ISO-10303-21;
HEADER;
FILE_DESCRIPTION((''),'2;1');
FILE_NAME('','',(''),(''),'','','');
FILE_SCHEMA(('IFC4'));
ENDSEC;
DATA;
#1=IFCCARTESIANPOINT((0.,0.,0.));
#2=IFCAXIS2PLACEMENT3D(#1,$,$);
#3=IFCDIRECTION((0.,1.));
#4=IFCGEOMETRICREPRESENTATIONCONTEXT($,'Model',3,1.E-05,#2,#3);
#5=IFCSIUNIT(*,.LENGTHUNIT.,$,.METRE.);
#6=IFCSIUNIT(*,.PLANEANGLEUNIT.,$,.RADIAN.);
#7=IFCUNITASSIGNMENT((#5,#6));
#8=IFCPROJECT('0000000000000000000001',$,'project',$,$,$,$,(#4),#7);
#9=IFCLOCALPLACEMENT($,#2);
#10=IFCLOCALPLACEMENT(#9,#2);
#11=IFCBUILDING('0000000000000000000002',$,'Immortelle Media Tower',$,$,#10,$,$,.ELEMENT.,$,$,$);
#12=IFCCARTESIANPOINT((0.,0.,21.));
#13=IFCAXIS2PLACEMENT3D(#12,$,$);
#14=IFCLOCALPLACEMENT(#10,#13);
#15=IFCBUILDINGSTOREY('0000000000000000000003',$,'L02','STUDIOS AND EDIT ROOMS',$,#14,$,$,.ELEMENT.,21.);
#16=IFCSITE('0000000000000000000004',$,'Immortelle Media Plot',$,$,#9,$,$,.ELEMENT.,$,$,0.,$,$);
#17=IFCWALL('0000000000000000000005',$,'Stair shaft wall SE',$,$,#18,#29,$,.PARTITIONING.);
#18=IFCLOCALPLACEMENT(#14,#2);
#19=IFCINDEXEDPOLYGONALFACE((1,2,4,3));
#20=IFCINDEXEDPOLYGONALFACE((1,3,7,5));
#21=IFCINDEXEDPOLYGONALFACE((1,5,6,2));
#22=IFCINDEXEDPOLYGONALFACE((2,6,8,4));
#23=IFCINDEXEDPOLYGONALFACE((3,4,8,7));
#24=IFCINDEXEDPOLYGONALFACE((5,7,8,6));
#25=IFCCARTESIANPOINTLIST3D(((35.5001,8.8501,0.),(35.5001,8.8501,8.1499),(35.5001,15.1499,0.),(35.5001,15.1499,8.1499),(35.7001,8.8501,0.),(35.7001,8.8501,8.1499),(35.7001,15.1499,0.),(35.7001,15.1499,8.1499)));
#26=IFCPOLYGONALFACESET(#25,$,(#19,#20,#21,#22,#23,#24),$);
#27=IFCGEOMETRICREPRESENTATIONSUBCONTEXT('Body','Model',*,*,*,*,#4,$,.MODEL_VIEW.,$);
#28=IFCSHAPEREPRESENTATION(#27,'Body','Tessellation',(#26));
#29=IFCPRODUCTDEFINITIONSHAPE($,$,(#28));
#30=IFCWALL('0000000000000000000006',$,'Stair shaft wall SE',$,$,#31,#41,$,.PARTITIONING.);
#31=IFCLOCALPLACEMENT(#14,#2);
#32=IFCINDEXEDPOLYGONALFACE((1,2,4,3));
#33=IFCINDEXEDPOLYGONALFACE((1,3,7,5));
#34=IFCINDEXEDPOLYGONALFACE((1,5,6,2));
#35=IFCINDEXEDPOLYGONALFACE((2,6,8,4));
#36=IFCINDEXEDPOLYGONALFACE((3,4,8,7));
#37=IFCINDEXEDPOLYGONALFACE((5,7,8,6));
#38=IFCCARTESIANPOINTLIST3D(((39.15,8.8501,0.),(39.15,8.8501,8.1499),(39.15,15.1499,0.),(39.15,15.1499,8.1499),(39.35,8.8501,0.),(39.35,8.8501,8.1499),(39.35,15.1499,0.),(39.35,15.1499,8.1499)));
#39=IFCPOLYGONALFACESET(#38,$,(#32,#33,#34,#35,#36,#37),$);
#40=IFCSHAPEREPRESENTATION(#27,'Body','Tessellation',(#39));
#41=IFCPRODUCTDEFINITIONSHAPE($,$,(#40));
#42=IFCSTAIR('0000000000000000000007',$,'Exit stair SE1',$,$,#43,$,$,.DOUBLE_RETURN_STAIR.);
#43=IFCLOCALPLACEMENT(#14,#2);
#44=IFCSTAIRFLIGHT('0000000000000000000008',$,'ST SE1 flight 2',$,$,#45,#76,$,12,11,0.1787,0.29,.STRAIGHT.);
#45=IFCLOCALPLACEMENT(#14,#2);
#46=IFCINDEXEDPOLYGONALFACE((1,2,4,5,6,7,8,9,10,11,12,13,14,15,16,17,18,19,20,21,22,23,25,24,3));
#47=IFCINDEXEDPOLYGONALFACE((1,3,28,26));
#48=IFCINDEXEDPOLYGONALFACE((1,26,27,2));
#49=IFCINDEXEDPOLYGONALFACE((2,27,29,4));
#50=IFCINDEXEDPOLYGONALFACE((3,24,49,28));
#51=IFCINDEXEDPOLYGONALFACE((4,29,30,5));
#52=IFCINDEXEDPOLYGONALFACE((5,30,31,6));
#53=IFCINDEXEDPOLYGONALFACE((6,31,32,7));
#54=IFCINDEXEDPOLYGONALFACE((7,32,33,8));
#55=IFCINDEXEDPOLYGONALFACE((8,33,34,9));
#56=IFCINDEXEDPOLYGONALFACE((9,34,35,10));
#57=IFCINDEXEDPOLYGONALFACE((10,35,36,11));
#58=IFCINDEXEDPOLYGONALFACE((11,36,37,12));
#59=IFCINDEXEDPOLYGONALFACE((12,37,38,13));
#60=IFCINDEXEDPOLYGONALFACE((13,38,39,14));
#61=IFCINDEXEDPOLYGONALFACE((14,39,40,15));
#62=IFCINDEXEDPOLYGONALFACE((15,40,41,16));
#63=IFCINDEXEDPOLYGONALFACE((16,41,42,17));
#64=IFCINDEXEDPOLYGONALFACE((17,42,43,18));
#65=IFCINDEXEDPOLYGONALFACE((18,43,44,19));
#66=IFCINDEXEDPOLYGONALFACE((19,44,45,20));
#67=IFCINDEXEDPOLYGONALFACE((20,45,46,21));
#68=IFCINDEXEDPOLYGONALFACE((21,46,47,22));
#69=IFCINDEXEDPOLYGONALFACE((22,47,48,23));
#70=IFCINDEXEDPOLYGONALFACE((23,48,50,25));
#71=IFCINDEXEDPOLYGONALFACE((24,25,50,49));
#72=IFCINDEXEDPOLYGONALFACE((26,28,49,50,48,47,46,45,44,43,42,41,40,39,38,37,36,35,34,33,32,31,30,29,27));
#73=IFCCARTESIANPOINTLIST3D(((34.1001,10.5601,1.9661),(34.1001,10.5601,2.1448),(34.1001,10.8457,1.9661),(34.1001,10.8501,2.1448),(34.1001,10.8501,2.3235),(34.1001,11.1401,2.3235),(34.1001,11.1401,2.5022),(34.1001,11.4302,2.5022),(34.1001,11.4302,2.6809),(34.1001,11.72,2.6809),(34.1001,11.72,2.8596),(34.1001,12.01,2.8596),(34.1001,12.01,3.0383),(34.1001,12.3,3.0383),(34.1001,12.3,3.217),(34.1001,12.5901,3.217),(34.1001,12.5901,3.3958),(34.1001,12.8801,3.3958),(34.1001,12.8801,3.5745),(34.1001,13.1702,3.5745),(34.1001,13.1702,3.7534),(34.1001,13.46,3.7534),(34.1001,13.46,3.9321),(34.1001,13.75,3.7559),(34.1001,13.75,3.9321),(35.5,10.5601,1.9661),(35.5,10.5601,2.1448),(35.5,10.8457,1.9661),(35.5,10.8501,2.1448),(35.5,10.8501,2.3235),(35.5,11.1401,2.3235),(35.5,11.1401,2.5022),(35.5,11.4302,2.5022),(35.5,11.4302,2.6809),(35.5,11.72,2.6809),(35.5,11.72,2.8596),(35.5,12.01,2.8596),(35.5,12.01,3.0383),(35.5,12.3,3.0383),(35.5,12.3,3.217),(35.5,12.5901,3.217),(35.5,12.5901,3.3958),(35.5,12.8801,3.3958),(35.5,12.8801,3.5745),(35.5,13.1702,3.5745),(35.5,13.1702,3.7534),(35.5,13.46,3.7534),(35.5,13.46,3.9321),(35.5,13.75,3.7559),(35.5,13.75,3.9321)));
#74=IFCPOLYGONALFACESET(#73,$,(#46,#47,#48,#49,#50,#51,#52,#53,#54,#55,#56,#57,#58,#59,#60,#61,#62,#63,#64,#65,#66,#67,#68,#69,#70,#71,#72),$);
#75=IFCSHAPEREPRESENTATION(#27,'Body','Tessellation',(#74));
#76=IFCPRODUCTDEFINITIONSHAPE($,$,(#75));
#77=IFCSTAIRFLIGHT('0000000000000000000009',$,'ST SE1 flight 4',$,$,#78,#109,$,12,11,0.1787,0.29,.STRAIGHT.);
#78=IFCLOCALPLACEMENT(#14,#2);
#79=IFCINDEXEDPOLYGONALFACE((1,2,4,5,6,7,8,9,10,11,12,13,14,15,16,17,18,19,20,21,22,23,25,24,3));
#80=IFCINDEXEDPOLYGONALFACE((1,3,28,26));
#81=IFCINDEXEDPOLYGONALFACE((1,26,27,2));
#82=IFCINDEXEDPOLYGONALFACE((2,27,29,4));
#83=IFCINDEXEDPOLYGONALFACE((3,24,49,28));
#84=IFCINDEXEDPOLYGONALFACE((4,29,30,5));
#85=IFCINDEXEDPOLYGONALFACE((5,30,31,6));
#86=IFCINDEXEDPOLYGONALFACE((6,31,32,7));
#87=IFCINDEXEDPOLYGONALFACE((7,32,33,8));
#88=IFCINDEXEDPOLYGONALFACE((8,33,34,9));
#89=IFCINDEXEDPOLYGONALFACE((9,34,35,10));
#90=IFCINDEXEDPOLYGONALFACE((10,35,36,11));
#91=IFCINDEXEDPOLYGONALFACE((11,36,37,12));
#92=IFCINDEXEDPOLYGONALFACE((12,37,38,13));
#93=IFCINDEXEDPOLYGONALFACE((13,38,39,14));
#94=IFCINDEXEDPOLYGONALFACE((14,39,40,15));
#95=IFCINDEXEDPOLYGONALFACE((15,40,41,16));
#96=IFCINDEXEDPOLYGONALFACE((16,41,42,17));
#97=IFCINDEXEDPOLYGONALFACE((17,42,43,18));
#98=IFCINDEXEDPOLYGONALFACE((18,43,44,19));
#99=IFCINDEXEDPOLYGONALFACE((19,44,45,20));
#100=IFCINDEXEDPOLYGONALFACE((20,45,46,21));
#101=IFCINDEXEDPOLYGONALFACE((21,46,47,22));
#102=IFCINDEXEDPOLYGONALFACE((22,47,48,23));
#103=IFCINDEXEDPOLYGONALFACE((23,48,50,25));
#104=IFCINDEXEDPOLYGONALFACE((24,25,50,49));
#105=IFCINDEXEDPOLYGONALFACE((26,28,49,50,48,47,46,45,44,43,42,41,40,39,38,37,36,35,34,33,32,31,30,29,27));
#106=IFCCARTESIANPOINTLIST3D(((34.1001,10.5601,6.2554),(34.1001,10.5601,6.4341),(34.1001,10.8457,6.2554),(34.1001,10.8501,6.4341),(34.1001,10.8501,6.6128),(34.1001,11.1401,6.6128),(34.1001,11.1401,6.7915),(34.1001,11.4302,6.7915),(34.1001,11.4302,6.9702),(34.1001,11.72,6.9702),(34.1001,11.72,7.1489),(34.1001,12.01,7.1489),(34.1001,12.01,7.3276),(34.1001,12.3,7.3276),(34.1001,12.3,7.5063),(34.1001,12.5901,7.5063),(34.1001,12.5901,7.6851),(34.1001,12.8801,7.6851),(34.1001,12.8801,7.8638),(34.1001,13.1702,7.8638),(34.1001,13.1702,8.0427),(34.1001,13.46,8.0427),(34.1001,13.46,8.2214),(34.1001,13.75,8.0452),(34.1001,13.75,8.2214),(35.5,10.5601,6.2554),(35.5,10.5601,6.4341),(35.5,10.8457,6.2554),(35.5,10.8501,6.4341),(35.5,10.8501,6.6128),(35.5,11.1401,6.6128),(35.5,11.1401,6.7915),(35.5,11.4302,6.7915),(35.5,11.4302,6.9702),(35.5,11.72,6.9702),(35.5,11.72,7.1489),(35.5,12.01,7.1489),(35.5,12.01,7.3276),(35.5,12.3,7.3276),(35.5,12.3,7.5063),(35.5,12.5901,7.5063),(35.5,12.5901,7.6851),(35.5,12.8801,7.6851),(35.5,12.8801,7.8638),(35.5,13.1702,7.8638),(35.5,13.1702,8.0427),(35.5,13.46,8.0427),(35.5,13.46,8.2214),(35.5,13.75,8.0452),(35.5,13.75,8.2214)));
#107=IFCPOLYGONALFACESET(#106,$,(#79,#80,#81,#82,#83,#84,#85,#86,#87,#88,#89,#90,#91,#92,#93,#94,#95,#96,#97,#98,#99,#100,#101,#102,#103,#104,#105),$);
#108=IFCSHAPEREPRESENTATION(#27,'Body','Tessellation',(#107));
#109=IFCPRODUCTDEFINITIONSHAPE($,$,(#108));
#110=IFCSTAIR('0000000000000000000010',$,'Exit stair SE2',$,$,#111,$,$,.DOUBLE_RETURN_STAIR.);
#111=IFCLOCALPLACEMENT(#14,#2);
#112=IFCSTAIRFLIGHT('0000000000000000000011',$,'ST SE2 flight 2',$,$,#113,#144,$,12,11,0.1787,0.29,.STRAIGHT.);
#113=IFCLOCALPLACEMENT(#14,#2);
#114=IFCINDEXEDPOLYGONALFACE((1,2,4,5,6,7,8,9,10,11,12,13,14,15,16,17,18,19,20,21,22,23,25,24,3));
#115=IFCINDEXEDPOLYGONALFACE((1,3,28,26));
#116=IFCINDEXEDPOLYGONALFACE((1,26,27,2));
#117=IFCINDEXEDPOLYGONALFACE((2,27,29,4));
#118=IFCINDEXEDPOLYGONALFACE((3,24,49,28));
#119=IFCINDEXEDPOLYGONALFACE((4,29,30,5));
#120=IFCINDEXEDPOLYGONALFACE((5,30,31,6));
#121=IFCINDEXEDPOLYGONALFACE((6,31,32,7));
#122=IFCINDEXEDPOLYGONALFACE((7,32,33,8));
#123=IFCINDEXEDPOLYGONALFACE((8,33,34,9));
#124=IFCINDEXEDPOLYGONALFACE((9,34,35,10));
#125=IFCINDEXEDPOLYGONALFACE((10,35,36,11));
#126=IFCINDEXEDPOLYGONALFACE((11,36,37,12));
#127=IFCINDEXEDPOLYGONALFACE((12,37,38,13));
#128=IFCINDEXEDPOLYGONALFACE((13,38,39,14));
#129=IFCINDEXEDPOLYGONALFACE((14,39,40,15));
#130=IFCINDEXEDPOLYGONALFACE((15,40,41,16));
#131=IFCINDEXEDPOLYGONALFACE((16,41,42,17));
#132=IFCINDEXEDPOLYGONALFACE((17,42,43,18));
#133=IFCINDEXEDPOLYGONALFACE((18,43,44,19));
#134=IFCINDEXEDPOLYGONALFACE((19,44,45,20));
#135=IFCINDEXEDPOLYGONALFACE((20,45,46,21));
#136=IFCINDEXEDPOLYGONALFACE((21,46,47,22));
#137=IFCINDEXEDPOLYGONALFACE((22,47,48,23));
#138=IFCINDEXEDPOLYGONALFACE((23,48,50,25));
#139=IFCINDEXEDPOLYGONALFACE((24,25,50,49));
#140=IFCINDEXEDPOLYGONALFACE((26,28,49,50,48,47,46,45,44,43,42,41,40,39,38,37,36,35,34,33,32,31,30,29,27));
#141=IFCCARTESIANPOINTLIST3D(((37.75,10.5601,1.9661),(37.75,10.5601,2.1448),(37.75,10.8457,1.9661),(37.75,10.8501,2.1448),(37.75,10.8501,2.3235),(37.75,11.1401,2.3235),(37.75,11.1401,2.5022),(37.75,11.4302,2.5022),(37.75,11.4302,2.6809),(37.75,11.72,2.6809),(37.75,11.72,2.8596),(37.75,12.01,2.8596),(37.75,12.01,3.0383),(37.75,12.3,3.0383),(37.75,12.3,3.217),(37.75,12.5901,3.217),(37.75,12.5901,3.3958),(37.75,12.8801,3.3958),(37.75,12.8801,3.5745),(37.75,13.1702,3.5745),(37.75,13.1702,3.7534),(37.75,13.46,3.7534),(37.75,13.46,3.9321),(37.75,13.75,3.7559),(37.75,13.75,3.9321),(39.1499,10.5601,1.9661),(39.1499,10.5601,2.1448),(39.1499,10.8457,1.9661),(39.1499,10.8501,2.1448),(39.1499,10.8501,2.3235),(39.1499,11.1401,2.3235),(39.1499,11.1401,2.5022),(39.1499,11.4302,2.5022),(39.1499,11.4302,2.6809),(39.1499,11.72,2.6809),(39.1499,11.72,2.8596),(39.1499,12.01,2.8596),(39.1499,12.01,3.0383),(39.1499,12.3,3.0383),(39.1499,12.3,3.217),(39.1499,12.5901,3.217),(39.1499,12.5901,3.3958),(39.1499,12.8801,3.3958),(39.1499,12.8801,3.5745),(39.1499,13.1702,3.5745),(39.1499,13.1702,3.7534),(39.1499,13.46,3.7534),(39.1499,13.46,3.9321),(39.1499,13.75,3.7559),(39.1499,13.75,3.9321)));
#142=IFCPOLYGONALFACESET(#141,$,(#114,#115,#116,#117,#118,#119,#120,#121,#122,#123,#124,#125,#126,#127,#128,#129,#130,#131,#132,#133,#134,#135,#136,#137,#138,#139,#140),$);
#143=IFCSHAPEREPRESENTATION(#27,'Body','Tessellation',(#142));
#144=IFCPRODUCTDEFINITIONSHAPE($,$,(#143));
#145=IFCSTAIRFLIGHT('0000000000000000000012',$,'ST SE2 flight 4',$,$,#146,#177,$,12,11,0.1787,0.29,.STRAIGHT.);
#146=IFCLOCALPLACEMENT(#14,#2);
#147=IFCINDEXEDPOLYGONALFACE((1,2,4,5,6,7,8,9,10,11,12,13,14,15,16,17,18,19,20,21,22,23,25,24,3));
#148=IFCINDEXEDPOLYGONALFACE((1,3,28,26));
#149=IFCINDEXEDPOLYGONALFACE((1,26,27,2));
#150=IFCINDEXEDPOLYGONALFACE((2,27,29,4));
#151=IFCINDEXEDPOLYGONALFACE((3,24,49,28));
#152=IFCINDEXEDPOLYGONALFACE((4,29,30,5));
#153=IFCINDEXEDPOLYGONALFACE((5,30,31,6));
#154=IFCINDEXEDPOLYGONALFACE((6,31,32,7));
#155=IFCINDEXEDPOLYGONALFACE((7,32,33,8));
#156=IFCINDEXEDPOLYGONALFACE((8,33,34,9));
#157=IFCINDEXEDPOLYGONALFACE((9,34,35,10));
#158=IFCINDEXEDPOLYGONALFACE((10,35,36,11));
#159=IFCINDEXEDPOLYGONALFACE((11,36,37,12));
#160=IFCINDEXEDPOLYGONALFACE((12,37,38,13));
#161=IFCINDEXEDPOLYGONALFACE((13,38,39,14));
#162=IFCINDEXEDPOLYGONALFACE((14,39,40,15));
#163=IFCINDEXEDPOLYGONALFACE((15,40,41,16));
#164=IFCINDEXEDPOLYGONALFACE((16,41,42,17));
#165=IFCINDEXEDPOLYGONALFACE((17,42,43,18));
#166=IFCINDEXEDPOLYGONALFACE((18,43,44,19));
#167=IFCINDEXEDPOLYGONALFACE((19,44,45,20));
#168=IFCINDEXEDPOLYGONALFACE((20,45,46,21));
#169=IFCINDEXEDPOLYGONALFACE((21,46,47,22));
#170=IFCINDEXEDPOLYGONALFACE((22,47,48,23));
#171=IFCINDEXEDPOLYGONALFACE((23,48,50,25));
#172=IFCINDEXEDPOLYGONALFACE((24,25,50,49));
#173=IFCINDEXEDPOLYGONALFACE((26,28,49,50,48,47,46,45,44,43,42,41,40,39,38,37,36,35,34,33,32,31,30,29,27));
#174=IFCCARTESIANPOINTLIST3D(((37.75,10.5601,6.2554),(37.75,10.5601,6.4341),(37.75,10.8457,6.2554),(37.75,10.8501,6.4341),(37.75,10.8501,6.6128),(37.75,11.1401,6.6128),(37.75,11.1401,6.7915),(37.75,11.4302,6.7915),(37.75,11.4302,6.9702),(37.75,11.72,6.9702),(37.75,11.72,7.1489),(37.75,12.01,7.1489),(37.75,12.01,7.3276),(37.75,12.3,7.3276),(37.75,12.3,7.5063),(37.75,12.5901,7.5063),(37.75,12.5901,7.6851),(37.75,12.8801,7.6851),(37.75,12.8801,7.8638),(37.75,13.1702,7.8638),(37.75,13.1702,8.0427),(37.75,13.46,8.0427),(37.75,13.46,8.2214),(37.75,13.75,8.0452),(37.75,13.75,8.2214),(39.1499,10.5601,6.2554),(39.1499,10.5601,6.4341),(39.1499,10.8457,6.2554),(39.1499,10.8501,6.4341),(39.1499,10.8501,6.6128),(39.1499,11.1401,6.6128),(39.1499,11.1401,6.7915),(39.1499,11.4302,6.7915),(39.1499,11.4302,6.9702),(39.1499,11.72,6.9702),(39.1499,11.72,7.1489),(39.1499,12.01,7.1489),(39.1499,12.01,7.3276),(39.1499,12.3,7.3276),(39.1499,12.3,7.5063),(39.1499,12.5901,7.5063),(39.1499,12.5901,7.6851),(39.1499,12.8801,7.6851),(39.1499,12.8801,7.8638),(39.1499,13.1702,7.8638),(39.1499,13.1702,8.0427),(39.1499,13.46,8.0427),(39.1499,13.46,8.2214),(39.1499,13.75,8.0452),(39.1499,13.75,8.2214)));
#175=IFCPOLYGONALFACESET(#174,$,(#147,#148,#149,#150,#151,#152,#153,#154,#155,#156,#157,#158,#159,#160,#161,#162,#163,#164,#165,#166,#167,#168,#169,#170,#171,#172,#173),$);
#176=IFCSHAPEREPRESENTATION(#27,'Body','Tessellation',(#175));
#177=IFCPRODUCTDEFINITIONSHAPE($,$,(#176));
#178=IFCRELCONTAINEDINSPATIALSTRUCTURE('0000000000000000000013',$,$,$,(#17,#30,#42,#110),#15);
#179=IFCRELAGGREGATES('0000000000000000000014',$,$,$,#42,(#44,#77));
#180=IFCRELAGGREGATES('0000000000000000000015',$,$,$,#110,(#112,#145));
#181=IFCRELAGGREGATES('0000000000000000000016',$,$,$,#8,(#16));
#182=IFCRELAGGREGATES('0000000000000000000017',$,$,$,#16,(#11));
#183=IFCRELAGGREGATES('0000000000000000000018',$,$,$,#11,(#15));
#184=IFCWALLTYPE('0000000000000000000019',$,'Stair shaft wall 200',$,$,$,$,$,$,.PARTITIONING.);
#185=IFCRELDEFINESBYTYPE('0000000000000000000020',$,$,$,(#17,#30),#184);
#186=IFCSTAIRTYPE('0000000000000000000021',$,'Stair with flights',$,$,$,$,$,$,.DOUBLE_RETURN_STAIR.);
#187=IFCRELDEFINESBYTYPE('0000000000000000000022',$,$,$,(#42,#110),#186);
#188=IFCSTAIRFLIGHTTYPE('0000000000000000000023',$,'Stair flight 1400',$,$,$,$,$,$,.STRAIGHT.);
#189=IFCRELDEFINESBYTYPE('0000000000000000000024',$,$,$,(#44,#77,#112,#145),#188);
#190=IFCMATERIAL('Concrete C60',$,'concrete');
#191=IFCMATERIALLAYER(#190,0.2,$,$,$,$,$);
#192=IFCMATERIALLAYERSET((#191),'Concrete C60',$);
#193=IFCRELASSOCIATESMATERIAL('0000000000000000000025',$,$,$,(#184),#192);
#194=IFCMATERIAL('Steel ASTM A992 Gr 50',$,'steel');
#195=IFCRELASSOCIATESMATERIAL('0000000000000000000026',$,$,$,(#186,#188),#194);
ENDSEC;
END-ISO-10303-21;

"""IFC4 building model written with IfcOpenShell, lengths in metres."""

from ifc_helpers import new_model, si_unit, direction, frame, frame_2d, origin, place, context, subcontext, project, spatial, polyline, rectangle, outline, extrude, material, layer, layer_set, type_object, element, aggregate, save


model = new_model("IFC4")

# Units and contexts
model_context = context("Model", 3, precision=1e-05, world=origin(), true_north=direction((0.0, 1.0)))
body_context = subcontext(model_context, "Body", "Model", "MODEL_VIEW")
ifc_project = project(units=[si_unit("LENGTHUNIT", "METRE"), si_unit("PLANEANGLEUNIT", "RADIAN")], contexts=[model_context])

# Site, building, storey
site_placement = place(None, origin())
site = spatial("IfcSite", under=ifc_project, at=site_placement, Name="Immortelle Media Plot", CompositionType="ELEMENT", RefElevation=0.0)
building_placement = place(site_placement, origin())
building = spatial("IfcBuilding", under=site, at=building_placement, Name="Immortelle Media Tower", CompositionType="ELEMENT")
storey_placement = place(building_placement, frame((0.0, 0.0, 21.0)))
storey = spatial("IfcBuildingStorey", under=building, at=storey_placement, Name="L02", Description="STUDIOS AND EDIT ROOMS", CompositionType="ELEMENT", Elevation=21.0)

# Shared definitions
ifc_material_1 = material(Name="Steel ASTM A992 Gr 50", Category="steel")

# Walls
ifc_material_2 = material(Name="Concrete C60", Category="concrete")
ifc_layer_1 = layer(ifc_material_2, 0.2)
ifc_layer_set_1 = layer_set([ifc_layer_1], Name="Concrete C60")
wall_type_1 = type_object("IfcWallType", Name="Stair shaft wall 200", PredefinedType="PARTITIONING", material=ifc_layer_set_1)
for number, where, z_axis, x_axis, name in (
    (1, (35.6001, 8.8501, 0.0), (0.0, 0.0, 1.0), (0.0, 1.0, 0.0), "Stair shaft wall SE"),
    (2, (39.25, 8.8501, 0.0), (0.0, 0.0, 1.0), (0.0, 1.0, 0.0), "Stair shaft wall SE"),
):
    element("IfcWall", number, at=place(storey_placement, frame(where, z_axis=z_axis, x_axis=x_axis)), inside=storey, type_object=wall_type_1, Name=name, PredefinedType="PARTITIONING", context=body_context, shape_type="SweptSolid", body=[
        extrude(rectangle(XDim=6.2998, YDim=0.2, at=frame_2d((3.1499, 0.0))), origin(), (0.0, 0.0, 1.0), 8.1499),
    ])

# Stairs, stair flights
stair_type = type_object("IfcStairType", Name="Stair with flights", PredefinedType="DOUBLE_RETURN_STAIR", material=ifc_material_1)
stair_1_placement = place(storey_placement, origin())
stair_1 = element("IfcStair", 3, at=stair_1_placement, inside=storey, type_object=stair_type, Name="Exit stair SE1", PredefinedType="DOUBLE_RETURN_STAIR")
stair_flight_type = type_object("IfcStairFlightType", Name="Stair flight 1400", PredefinedType="STRAIGHT", material=ifc_material_1)
stair_flight_1_placement = place(storey_placement, frame((34.8, 10.5601, 1.9661), z_axis=(0.0, 0.0, 1.0), x_axis=(0.0, 1.0, 0.0)))
stair_flight_1 = element("IfcStairFlight", 4, at=stair_flight_1_placement, type_object=stair_flight_type, Name="ST SE1 flight 2", NumberOfRisers=12, NumberOfTreads=11, PredefinedType="STRAIGHT", RiserHeight=0.1787, TreadLength=0.29, context=body_context, shape_type="SweptSolid", body=[
    extrude(outline(polyline([(0.0, 0.0), (0.0, 0.1787), (0.29, 0.1787), (0.29, 0.3574), (0.5801, 0.3574), (0.5801, 0.5361), (0.8701, 0.5361), (0.8701, 0.7148), (1.1599, 0.7148), (1.1599, 0.8936), (1.45, 0.8936), (1.45, 1.0723), (1.74, 1.0723), (1.74, 1.251), (2.03, 1.251), (2.03, 1.4297), (2.3201, 1.4297), (2.3201, 1.6084), (2.6101, 1.6084), (2.6101, 1.7874), (2.8999, 1.7874), (2.8999, 1.9661), (3.1899, 1.9661), (3.1899, 2.1448), (3.1899, 1.7898), (0.2856, 0.0), (0.0, 0.0)])), frame((0.0, 0.7, 0.0), z_axis=(0.0, -1.0, 0.0), x_axis=(1.0, 0.0, 0.0)), (0.0, 0.0, 1.0), 1.3999),
])
stair_flight_2_placement = place(storey_placement, frame((34.8, 10.5601, 6.2554), z_axis=(0.0, 0.0, 1.0), x_axis=(0.0, 1.0, 0.0)))
stair_flight_2 = element("IfcStairFlight", 5, at=stair_flight_2_placement, type_object=stair_flight_type, Name="ST SE1 flight 4", NumberOfRisers=12, NumberOfTreads=11, PredefinedType="STRAIGHT", RiserHeight=0.1787, TreadLength=0.29, context=body_context, shape_type="SweptSolid", body=[
    extrude(outline(polyline([(0.0, 0.0), (0.0, 0.1787), (0.29, 0.1787), (0.29, 0.3574), (0.5801, 0.3574), (0.5801, 0.5361), (0.8701, 0.5361), (0.8701, 0.7148), (1.1599, 0.7148), (1.1599, 0.8936), (1.45, 0.8936), (1.45, 1.0723), (1.74, 1.0723), (1.74, 1.251), (2.03, 1.251), (2.03, 1.4297), (2.3201, 1.4297), (2.3201, 1.6084), (2.6101, 1.6084), (2.6101, 1.7874), (2.8999, 1.7874), (2.8999, 1.9661), (3.1899, 1.9661), (3.1899, 2.1448), (3.1899, 1.7898), (0.2856, 0.0), (0.0, 0.0)])), frame((0.0, 0.7, 0.0), z_axis=(0.0, -1.0, 0.0), x_axis=(1.0, 0.0, 0.0)), (0.0, 0.0, 1.0), 1.3999),
])
aggregate(stair_1, [stair_flight_1, stair_flight_2])
stair_2_placement = place(storey_placement, origin())
stair_2 = element("IfcStair", 6, at=stair_2_placement, inside=storey, type_object=stair_type, Name="Exit stair SE2", PredefinedType="DOUBLE_RETURN_STAIR")
stair_flight_3_placement = place(storey_placement, frame((38.45, 10.5601, 1.9661), z_axis=(0.0, 0.0, 1.0), x_axis=(0.0, 1.0, 0.0)))
stair_flight_3 = element("IfcStairFlight", 7, at=stair_flight_3_placement, type_object=stair_flight_type, Name="ST SE2 flight 2", NumberOfRisers=12, NumberOfTreads=11, PredefinedType="STRAIGHT", RiserHeight=0.1787, TreadLength=0.29, context=body_context, shape_type="SweptSolid", body=[
    extrude(outline(polyline([(0.0, 0.0), (0.0, 0.1787), (0.29, 0.1787), (0.29, 0.3574), (0.5801, 0.3574), (0.5801, 0.5361), (0.8701, 0.5361), (0.8701, 0.7148), (1.1599, 0.7148), (1.1599, 0.8936), (1.45, 0.8936), (1.45, 1.0723), (1.74, 1.0723), (1.74, 1.251), (2.03, 1.251), (2.03, 1.4297), (2.3201, 1.4297), (2.3201, 1.6084), (2.6101, 1.6084), (2.6101, 1.7874), (2.8999, 1.7874), (2.8999, 1.9661), (3.1899, 1.9661), (3.1899, 2.1448), (3.1899, 1.7898), (0.2856, 0.0), (0.0, 0.0)])), frame((0.0, 0.7, 0.0), z_axis=(0.0, -1.0, 0.0), x_axis=(1.0, 0.0, 0.0)), (0.0, 0.0, 1.0), 1.3999),
])
stair_flight_4_placement = place(storey_placement, frame((38.45, 10.5601, 6.2554), z_axis=(0.0, 0.0, 1.0), x_axis=(0.0, 1.0, 0.0)))
stair_flight_4 = element("IfcStairFlight", 8, at=stair_flight_4_placement, type_object=stair_flight_type, Name="ST SE2 flight 4", NumberOfRisers=12, NumberOfTreads=11, PredefinedType="STRAIGHT", RiserHeight=0.1787, TreadLength=0.29, context=body_context, shape_type="SweptSolid", body=[
    extrude(outline(polyline([(0.0, 0.0), (0.0, 0.1787), (0.29, 0.1787), (0.29, 0.3574), (0.5801, 0.3574), (0.5801, 0.5361), (0.8701, 0.5361), (0.8701, 0.7148), (1.1599, 0.7148), (1.1599, 0.8936), (1.45, 0.8936), (1.45, 1.0723), (1.74, 1.0723), (1.74, 1.251), (2.03, 1.251), (2.03, 1.4297), (2.3201, 1.4297), (2.3201, 1.6084), (2.6101, 1.6084), (2.6101, 1.7874), (2.8999, 1.7874), (2.8999, 1.9661), (3.1899, 1.9661), (3.1899, 2.1448), (3.1899, 1.7898), (0.2856, 0.0), (0.0, 0.0)])), frame((0.0, 0.7, 0.0), z_axis=(0.0, -1.0, 0.0), x_axis=(1.0, 0.0, 0.0)), (0.0, 0.0, 1.0), 1.3999),
])
aggregate(stair_2, [stair_flight_3, stair_flight_4])

save(model, "model.ifc")
